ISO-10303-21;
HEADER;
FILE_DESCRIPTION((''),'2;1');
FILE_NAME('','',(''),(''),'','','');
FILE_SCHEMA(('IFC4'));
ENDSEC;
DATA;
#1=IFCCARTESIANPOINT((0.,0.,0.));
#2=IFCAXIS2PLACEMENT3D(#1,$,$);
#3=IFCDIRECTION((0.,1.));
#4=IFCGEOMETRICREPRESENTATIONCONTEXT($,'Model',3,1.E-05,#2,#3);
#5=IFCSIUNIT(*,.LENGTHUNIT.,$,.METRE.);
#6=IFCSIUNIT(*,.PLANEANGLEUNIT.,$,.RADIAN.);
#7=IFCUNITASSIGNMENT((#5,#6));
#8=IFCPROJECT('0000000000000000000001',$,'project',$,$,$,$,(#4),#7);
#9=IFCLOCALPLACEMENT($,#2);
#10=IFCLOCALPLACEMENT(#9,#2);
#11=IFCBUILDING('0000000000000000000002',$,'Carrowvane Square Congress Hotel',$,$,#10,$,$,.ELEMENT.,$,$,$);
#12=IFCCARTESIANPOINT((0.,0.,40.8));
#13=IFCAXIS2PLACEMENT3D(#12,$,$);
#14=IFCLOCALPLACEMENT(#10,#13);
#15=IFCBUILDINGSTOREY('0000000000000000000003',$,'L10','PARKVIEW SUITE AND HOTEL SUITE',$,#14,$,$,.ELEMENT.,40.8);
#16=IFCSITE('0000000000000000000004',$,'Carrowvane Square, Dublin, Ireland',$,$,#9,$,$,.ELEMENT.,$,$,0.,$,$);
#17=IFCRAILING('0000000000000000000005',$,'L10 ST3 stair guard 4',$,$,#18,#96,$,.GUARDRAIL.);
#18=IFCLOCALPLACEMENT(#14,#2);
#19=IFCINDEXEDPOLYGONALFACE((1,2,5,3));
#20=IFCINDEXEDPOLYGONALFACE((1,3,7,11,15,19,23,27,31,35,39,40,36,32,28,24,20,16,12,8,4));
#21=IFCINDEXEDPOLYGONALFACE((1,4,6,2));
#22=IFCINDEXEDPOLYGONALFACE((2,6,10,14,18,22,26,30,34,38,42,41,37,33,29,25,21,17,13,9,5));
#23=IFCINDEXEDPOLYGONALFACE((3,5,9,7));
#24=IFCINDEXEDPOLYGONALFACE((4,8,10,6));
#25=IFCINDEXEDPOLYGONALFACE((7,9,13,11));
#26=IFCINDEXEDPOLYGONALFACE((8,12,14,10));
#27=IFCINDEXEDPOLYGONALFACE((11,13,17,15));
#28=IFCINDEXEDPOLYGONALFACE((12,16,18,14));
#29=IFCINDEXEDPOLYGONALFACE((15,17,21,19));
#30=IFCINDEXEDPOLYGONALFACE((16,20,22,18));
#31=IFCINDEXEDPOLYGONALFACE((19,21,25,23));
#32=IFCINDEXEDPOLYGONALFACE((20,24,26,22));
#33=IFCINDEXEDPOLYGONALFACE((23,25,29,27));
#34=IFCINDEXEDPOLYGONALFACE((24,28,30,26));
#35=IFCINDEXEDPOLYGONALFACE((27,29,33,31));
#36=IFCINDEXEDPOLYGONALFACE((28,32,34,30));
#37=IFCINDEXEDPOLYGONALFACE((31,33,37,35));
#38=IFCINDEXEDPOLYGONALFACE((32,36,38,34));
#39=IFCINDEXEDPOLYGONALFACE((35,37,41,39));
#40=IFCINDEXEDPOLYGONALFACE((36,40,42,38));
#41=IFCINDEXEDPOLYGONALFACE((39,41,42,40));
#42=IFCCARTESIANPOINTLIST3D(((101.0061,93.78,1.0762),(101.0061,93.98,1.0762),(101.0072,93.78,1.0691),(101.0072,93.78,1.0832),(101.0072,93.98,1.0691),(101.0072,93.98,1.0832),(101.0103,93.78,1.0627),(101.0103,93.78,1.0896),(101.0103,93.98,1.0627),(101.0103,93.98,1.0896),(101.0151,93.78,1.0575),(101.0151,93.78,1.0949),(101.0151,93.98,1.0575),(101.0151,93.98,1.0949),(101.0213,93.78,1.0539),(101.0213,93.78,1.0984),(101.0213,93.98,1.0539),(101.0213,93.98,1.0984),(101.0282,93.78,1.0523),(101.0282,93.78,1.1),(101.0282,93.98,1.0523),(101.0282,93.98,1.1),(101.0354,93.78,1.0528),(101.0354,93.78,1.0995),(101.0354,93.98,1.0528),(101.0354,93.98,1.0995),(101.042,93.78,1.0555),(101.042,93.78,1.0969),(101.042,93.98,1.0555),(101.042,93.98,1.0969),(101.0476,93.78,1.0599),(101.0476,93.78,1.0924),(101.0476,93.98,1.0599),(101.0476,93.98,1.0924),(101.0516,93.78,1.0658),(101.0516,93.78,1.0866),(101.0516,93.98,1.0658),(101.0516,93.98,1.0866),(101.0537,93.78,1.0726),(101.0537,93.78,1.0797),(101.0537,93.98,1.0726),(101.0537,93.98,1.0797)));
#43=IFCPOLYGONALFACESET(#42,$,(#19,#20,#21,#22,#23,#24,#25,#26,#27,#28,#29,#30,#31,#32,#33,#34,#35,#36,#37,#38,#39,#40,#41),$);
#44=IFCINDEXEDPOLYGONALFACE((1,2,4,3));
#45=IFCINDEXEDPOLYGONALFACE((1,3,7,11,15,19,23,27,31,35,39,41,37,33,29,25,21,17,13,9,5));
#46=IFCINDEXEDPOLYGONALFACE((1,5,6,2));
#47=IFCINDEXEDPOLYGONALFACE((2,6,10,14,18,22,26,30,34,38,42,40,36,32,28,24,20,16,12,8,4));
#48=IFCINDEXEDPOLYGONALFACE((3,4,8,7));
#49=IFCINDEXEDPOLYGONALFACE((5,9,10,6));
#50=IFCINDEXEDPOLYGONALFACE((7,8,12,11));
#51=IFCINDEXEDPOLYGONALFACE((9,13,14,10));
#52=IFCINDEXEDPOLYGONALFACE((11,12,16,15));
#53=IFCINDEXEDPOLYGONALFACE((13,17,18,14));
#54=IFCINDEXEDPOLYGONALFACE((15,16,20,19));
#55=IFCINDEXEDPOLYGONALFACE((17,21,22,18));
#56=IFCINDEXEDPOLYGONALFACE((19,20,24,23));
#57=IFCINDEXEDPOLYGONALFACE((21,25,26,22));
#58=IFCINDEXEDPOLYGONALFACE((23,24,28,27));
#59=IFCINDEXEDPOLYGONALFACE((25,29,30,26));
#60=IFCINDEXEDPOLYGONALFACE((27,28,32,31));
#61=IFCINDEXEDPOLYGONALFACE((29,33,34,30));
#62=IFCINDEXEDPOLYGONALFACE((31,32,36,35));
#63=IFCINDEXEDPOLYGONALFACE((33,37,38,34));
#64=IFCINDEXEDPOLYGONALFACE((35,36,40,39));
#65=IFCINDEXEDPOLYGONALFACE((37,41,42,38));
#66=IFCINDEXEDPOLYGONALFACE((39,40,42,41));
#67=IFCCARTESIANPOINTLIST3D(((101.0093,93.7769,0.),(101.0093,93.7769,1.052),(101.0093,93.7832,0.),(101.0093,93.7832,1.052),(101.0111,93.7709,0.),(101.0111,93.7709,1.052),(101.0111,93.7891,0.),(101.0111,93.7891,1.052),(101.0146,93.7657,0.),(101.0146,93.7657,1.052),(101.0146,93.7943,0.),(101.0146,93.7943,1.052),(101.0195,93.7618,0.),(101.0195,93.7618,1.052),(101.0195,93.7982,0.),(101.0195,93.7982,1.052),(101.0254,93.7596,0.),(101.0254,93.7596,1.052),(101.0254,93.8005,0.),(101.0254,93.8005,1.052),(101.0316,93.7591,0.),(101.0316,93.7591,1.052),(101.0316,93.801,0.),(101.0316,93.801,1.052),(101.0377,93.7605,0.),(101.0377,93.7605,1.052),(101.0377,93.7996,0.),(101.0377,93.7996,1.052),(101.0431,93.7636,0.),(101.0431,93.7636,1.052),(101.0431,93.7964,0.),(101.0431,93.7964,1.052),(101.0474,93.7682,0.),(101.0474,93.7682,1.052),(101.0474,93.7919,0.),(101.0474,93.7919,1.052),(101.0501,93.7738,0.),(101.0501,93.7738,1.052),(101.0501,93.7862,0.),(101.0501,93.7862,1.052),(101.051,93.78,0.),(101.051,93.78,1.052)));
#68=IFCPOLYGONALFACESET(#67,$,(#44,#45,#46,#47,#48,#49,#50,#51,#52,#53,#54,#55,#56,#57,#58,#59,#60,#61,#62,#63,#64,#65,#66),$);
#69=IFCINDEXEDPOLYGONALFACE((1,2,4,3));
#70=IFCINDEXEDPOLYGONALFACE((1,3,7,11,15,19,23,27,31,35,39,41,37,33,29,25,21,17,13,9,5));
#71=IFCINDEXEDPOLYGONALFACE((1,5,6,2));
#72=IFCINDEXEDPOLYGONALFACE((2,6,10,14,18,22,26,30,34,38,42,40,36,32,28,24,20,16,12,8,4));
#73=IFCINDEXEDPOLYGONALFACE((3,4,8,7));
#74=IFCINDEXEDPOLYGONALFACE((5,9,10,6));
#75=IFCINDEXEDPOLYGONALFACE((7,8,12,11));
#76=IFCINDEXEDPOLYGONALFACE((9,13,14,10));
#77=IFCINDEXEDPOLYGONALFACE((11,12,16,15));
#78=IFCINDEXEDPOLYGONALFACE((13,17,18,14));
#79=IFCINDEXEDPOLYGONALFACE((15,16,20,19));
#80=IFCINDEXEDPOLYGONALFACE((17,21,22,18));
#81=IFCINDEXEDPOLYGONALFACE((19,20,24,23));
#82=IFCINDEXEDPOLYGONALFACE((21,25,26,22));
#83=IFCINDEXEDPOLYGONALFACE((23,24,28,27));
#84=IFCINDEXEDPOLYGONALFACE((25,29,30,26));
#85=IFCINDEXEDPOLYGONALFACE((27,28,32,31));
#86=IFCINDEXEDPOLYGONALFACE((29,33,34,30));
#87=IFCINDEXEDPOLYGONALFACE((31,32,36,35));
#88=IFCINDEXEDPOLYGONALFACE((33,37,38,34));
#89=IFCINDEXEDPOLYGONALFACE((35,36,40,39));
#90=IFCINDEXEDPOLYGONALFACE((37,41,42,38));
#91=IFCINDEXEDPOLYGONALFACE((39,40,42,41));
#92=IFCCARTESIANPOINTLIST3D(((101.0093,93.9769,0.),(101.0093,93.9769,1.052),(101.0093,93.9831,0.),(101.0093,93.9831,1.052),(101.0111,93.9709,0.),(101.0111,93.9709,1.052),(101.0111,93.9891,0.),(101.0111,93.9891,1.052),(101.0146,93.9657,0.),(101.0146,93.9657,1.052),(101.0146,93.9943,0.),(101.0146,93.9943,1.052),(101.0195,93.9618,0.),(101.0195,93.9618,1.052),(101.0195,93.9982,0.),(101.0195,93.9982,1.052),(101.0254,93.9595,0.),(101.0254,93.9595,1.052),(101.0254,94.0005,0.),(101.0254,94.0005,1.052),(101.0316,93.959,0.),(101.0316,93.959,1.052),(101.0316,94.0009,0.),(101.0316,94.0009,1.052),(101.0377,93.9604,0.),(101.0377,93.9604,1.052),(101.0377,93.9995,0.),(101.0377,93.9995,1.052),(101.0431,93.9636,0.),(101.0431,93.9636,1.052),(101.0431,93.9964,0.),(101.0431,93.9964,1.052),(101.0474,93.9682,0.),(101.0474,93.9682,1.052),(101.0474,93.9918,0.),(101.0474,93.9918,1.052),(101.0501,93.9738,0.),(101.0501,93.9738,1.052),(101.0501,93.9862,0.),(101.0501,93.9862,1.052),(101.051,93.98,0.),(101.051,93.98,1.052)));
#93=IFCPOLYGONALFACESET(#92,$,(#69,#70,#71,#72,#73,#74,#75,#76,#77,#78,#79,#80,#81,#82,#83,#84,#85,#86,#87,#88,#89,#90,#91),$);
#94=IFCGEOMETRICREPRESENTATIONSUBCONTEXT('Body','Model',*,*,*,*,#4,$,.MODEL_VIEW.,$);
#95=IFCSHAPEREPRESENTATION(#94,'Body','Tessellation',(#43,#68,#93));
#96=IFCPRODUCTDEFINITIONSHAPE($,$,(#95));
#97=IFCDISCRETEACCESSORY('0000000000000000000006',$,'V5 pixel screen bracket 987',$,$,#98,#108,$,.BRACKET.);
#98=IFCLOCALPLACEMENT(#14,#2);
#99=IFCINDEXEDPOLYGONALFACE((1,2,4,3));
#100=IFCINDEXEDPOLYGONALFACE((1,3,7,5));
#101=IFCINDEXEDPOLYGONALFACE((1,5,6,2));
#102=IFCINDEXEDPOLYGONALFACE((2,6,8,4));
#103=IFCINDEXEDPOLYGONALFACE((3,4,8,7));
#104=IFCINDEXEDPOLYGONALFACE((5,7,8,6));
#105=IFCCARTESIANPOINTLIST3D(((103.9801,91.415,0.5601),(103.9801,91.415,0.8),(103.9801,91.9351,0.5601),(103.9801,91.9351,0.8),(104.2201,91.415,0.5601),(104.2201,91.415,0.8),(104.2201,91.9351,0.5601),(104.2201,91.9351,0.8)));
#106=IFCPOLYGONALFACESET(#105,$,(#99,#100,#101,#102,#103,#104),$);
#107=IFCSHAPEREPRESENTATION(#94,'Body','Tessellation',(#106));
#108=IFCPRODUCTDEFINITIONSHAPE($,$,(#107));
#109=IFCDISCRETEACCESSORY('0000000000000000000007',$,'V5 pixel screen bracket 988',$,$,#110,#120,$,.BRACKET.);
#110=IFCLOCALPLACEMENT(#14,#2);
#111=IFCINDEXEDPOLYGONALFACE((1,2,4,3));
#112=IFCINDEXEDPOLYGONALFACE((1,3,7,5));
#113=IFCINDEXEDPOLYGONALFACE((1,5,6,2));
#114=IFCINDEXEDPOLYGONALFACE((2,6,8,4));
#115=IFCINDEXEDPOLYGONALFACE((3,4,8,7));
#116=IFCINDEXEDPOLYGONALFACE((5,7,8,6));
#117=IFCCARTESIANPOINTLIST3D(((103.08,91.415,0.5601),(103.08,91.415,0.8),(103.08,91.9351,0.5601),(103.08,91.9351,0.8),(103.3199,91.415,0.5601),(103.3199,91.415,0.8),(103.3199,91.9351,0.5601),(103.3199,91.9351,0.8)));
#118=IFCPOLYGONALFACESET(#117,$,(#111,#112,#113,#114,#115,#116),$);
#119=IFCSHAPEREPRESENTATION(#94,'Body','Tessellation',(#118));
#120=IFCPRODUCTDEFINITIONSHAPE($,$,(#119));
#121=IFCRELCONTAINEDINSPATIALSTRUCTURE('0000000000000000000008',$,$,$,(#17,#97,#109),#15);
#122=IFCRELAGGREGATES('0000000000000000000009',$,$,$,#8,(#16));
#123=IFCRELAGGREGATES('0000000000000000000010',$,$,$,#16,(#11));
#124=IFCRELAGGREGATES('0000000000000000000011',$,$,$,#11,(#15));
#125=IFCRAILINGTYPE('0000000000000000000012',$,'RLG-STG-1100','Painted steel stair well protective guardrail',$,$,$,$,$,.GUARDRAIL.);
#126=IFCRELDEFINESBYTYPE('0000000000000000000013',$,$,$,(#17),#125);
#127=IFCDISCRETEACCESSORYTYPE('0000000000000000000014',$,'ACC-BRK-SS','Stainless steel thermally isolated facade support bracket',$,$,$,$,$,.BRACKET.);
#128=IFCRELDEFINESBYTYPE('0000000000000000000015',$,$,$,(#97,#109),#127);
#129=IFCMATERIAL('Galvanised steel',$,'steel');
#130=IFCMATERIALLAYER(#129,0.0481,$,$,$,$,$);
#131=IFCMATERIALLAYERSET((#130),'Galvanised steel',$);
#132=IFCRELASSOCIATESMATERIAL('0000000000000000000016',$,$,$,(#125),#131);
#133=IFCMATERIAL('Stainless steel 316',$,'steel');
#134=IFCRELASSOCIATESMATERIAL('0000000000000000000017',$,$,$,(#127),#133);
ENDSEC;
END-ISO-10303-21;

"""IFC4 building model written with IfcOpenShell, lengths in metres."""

from ifc_helpers import new_model, si_unit, direction, frame, origin, origin_2d, place, context, subcontext, project, spatial, rectangle, circle, extrude, material, layer, layer_set, type_object, element, save


model = new_model("IFC4")

# Units and contexts
model_context = context("Model", 3, precision=1e-05, world=origin(), true_north=direction((0.0, 1.0)))
body_context = subcontext(model_context, "Body", "Model", "MODEL_VIEW")
ifc_project = project(units=[si_unit("LENGTHUNIT", "METRE"), si_unit("PLANEANGLEUNIT", "RADIAN")], contexts=[model_context])

# Site, building, storey
site_placement = place(None, origin())
site = spatial("IfcSite", under=ifc_project, at=site_placement, Name="Carrowvane Square, Dublin, Ireland", CompositionType="ELEMENT", RefElevation=0.0)
building_placement = place(site_placement, origin())
building = spatial("IfcBuilding", under=site, at=building_placement, Name="Carrowvane Square Congress Hotel", CompositionType="ELEMENT")
storey_placement = place(building_placement, frame((0.0, 0.0, 40.8)))
storey = spatial("IfcBuildingStorey", under=building, at=storey_placement, Name="L10", Description="PARKVIEW SUITE AND HOTEL SUITE", CompositionType="ELEMENT", Elevation=40.8)

# Railing
ifc_material_1 = material(Name="Galvanised steel", Category="steel")
ifc_layer_1 = layer(ifc_material_1, 0.0481)
ifc_layer_set_1 = layer_set([ifc_layer_1], Name="Galvanised steel")
railing_type_1 = type_object("IfcRailingType", Name="RLG-STG-1100", Description="Painted steel stair well protective guardrail", PredefinedType="GUARDRAIL", material=ifc_layer_set_1)
railing_1_placement = place(storey_placement, frame((101.03, 93.78, 0.0)))
element("IfcRailing", 1, at=railing_1_placement, inside=storey, type_object=railing_type_1, Name="L10 ST3 stair guard 4", PredefinedType="GUARDRAIL", context=body_context, shape_type="SweptSolid", body=[
    extrude(circle(Radius=0.0239, at=origin_2d()), frame((0.0, 0.0, 1.0762), z_axis=(0.0, 1.0, 0.0), x_axis=(-1.0, 0.0, 0.0)), (0.0, 0.0, 1.0), 0.2),
    extrude(circle(Radius=0.021, at=origin_2d()), origin(), (0.0, 0.0, 1.0), 1.052),
    extrude(circle(Radius=0.021, at=origin_2d()), frame((0.0, 0.2, 0.0)), (0.0, 0.0, 1.0), 1.052),
])

# Discrete accessories
ifc_material_2 = material(Name="Stainless steel 316", Category="steel")
discrete_accessory_type = type_object("IfcDiscreteAccessoryType", Name="ACC-BRK-SS", Description="Stainless steel thermally isolated facade support bracket", PredefinedType="BRACKET", material=ifc_material_2)
for number, where, z_axis, x_axis, name in (
    (2, (104.1001, 91.675, 0.5601), (0.0, 0.0, 1.0), (-1.0, 0.0, 0.0), "V5 pixel screen bracket 987"),
    (3, (103.2, 91.675, 0.5601), (0.0, 0.0, 1.0), (-1.0, 0.0, 0.0), "V5 pixel screen bracket 988"),
):
    element("IfcDiscreteAccessory", number, at=place(storey_placement, frame(where, z_axis=z_axis, x_axis=x_axis)), inside=storey, type_object=discrete_accessory_type, Name=name, PredefinedType="BRACKET", context=body_context, shape_type="SweptSolid", body=[
        extrude(rectangle(XDim=0.24, YDim=0.52, at=origin_2d()), origin(), (0.0, 0.0, 1.0), 0.24),
    ])

save(model, "model.ifc")
